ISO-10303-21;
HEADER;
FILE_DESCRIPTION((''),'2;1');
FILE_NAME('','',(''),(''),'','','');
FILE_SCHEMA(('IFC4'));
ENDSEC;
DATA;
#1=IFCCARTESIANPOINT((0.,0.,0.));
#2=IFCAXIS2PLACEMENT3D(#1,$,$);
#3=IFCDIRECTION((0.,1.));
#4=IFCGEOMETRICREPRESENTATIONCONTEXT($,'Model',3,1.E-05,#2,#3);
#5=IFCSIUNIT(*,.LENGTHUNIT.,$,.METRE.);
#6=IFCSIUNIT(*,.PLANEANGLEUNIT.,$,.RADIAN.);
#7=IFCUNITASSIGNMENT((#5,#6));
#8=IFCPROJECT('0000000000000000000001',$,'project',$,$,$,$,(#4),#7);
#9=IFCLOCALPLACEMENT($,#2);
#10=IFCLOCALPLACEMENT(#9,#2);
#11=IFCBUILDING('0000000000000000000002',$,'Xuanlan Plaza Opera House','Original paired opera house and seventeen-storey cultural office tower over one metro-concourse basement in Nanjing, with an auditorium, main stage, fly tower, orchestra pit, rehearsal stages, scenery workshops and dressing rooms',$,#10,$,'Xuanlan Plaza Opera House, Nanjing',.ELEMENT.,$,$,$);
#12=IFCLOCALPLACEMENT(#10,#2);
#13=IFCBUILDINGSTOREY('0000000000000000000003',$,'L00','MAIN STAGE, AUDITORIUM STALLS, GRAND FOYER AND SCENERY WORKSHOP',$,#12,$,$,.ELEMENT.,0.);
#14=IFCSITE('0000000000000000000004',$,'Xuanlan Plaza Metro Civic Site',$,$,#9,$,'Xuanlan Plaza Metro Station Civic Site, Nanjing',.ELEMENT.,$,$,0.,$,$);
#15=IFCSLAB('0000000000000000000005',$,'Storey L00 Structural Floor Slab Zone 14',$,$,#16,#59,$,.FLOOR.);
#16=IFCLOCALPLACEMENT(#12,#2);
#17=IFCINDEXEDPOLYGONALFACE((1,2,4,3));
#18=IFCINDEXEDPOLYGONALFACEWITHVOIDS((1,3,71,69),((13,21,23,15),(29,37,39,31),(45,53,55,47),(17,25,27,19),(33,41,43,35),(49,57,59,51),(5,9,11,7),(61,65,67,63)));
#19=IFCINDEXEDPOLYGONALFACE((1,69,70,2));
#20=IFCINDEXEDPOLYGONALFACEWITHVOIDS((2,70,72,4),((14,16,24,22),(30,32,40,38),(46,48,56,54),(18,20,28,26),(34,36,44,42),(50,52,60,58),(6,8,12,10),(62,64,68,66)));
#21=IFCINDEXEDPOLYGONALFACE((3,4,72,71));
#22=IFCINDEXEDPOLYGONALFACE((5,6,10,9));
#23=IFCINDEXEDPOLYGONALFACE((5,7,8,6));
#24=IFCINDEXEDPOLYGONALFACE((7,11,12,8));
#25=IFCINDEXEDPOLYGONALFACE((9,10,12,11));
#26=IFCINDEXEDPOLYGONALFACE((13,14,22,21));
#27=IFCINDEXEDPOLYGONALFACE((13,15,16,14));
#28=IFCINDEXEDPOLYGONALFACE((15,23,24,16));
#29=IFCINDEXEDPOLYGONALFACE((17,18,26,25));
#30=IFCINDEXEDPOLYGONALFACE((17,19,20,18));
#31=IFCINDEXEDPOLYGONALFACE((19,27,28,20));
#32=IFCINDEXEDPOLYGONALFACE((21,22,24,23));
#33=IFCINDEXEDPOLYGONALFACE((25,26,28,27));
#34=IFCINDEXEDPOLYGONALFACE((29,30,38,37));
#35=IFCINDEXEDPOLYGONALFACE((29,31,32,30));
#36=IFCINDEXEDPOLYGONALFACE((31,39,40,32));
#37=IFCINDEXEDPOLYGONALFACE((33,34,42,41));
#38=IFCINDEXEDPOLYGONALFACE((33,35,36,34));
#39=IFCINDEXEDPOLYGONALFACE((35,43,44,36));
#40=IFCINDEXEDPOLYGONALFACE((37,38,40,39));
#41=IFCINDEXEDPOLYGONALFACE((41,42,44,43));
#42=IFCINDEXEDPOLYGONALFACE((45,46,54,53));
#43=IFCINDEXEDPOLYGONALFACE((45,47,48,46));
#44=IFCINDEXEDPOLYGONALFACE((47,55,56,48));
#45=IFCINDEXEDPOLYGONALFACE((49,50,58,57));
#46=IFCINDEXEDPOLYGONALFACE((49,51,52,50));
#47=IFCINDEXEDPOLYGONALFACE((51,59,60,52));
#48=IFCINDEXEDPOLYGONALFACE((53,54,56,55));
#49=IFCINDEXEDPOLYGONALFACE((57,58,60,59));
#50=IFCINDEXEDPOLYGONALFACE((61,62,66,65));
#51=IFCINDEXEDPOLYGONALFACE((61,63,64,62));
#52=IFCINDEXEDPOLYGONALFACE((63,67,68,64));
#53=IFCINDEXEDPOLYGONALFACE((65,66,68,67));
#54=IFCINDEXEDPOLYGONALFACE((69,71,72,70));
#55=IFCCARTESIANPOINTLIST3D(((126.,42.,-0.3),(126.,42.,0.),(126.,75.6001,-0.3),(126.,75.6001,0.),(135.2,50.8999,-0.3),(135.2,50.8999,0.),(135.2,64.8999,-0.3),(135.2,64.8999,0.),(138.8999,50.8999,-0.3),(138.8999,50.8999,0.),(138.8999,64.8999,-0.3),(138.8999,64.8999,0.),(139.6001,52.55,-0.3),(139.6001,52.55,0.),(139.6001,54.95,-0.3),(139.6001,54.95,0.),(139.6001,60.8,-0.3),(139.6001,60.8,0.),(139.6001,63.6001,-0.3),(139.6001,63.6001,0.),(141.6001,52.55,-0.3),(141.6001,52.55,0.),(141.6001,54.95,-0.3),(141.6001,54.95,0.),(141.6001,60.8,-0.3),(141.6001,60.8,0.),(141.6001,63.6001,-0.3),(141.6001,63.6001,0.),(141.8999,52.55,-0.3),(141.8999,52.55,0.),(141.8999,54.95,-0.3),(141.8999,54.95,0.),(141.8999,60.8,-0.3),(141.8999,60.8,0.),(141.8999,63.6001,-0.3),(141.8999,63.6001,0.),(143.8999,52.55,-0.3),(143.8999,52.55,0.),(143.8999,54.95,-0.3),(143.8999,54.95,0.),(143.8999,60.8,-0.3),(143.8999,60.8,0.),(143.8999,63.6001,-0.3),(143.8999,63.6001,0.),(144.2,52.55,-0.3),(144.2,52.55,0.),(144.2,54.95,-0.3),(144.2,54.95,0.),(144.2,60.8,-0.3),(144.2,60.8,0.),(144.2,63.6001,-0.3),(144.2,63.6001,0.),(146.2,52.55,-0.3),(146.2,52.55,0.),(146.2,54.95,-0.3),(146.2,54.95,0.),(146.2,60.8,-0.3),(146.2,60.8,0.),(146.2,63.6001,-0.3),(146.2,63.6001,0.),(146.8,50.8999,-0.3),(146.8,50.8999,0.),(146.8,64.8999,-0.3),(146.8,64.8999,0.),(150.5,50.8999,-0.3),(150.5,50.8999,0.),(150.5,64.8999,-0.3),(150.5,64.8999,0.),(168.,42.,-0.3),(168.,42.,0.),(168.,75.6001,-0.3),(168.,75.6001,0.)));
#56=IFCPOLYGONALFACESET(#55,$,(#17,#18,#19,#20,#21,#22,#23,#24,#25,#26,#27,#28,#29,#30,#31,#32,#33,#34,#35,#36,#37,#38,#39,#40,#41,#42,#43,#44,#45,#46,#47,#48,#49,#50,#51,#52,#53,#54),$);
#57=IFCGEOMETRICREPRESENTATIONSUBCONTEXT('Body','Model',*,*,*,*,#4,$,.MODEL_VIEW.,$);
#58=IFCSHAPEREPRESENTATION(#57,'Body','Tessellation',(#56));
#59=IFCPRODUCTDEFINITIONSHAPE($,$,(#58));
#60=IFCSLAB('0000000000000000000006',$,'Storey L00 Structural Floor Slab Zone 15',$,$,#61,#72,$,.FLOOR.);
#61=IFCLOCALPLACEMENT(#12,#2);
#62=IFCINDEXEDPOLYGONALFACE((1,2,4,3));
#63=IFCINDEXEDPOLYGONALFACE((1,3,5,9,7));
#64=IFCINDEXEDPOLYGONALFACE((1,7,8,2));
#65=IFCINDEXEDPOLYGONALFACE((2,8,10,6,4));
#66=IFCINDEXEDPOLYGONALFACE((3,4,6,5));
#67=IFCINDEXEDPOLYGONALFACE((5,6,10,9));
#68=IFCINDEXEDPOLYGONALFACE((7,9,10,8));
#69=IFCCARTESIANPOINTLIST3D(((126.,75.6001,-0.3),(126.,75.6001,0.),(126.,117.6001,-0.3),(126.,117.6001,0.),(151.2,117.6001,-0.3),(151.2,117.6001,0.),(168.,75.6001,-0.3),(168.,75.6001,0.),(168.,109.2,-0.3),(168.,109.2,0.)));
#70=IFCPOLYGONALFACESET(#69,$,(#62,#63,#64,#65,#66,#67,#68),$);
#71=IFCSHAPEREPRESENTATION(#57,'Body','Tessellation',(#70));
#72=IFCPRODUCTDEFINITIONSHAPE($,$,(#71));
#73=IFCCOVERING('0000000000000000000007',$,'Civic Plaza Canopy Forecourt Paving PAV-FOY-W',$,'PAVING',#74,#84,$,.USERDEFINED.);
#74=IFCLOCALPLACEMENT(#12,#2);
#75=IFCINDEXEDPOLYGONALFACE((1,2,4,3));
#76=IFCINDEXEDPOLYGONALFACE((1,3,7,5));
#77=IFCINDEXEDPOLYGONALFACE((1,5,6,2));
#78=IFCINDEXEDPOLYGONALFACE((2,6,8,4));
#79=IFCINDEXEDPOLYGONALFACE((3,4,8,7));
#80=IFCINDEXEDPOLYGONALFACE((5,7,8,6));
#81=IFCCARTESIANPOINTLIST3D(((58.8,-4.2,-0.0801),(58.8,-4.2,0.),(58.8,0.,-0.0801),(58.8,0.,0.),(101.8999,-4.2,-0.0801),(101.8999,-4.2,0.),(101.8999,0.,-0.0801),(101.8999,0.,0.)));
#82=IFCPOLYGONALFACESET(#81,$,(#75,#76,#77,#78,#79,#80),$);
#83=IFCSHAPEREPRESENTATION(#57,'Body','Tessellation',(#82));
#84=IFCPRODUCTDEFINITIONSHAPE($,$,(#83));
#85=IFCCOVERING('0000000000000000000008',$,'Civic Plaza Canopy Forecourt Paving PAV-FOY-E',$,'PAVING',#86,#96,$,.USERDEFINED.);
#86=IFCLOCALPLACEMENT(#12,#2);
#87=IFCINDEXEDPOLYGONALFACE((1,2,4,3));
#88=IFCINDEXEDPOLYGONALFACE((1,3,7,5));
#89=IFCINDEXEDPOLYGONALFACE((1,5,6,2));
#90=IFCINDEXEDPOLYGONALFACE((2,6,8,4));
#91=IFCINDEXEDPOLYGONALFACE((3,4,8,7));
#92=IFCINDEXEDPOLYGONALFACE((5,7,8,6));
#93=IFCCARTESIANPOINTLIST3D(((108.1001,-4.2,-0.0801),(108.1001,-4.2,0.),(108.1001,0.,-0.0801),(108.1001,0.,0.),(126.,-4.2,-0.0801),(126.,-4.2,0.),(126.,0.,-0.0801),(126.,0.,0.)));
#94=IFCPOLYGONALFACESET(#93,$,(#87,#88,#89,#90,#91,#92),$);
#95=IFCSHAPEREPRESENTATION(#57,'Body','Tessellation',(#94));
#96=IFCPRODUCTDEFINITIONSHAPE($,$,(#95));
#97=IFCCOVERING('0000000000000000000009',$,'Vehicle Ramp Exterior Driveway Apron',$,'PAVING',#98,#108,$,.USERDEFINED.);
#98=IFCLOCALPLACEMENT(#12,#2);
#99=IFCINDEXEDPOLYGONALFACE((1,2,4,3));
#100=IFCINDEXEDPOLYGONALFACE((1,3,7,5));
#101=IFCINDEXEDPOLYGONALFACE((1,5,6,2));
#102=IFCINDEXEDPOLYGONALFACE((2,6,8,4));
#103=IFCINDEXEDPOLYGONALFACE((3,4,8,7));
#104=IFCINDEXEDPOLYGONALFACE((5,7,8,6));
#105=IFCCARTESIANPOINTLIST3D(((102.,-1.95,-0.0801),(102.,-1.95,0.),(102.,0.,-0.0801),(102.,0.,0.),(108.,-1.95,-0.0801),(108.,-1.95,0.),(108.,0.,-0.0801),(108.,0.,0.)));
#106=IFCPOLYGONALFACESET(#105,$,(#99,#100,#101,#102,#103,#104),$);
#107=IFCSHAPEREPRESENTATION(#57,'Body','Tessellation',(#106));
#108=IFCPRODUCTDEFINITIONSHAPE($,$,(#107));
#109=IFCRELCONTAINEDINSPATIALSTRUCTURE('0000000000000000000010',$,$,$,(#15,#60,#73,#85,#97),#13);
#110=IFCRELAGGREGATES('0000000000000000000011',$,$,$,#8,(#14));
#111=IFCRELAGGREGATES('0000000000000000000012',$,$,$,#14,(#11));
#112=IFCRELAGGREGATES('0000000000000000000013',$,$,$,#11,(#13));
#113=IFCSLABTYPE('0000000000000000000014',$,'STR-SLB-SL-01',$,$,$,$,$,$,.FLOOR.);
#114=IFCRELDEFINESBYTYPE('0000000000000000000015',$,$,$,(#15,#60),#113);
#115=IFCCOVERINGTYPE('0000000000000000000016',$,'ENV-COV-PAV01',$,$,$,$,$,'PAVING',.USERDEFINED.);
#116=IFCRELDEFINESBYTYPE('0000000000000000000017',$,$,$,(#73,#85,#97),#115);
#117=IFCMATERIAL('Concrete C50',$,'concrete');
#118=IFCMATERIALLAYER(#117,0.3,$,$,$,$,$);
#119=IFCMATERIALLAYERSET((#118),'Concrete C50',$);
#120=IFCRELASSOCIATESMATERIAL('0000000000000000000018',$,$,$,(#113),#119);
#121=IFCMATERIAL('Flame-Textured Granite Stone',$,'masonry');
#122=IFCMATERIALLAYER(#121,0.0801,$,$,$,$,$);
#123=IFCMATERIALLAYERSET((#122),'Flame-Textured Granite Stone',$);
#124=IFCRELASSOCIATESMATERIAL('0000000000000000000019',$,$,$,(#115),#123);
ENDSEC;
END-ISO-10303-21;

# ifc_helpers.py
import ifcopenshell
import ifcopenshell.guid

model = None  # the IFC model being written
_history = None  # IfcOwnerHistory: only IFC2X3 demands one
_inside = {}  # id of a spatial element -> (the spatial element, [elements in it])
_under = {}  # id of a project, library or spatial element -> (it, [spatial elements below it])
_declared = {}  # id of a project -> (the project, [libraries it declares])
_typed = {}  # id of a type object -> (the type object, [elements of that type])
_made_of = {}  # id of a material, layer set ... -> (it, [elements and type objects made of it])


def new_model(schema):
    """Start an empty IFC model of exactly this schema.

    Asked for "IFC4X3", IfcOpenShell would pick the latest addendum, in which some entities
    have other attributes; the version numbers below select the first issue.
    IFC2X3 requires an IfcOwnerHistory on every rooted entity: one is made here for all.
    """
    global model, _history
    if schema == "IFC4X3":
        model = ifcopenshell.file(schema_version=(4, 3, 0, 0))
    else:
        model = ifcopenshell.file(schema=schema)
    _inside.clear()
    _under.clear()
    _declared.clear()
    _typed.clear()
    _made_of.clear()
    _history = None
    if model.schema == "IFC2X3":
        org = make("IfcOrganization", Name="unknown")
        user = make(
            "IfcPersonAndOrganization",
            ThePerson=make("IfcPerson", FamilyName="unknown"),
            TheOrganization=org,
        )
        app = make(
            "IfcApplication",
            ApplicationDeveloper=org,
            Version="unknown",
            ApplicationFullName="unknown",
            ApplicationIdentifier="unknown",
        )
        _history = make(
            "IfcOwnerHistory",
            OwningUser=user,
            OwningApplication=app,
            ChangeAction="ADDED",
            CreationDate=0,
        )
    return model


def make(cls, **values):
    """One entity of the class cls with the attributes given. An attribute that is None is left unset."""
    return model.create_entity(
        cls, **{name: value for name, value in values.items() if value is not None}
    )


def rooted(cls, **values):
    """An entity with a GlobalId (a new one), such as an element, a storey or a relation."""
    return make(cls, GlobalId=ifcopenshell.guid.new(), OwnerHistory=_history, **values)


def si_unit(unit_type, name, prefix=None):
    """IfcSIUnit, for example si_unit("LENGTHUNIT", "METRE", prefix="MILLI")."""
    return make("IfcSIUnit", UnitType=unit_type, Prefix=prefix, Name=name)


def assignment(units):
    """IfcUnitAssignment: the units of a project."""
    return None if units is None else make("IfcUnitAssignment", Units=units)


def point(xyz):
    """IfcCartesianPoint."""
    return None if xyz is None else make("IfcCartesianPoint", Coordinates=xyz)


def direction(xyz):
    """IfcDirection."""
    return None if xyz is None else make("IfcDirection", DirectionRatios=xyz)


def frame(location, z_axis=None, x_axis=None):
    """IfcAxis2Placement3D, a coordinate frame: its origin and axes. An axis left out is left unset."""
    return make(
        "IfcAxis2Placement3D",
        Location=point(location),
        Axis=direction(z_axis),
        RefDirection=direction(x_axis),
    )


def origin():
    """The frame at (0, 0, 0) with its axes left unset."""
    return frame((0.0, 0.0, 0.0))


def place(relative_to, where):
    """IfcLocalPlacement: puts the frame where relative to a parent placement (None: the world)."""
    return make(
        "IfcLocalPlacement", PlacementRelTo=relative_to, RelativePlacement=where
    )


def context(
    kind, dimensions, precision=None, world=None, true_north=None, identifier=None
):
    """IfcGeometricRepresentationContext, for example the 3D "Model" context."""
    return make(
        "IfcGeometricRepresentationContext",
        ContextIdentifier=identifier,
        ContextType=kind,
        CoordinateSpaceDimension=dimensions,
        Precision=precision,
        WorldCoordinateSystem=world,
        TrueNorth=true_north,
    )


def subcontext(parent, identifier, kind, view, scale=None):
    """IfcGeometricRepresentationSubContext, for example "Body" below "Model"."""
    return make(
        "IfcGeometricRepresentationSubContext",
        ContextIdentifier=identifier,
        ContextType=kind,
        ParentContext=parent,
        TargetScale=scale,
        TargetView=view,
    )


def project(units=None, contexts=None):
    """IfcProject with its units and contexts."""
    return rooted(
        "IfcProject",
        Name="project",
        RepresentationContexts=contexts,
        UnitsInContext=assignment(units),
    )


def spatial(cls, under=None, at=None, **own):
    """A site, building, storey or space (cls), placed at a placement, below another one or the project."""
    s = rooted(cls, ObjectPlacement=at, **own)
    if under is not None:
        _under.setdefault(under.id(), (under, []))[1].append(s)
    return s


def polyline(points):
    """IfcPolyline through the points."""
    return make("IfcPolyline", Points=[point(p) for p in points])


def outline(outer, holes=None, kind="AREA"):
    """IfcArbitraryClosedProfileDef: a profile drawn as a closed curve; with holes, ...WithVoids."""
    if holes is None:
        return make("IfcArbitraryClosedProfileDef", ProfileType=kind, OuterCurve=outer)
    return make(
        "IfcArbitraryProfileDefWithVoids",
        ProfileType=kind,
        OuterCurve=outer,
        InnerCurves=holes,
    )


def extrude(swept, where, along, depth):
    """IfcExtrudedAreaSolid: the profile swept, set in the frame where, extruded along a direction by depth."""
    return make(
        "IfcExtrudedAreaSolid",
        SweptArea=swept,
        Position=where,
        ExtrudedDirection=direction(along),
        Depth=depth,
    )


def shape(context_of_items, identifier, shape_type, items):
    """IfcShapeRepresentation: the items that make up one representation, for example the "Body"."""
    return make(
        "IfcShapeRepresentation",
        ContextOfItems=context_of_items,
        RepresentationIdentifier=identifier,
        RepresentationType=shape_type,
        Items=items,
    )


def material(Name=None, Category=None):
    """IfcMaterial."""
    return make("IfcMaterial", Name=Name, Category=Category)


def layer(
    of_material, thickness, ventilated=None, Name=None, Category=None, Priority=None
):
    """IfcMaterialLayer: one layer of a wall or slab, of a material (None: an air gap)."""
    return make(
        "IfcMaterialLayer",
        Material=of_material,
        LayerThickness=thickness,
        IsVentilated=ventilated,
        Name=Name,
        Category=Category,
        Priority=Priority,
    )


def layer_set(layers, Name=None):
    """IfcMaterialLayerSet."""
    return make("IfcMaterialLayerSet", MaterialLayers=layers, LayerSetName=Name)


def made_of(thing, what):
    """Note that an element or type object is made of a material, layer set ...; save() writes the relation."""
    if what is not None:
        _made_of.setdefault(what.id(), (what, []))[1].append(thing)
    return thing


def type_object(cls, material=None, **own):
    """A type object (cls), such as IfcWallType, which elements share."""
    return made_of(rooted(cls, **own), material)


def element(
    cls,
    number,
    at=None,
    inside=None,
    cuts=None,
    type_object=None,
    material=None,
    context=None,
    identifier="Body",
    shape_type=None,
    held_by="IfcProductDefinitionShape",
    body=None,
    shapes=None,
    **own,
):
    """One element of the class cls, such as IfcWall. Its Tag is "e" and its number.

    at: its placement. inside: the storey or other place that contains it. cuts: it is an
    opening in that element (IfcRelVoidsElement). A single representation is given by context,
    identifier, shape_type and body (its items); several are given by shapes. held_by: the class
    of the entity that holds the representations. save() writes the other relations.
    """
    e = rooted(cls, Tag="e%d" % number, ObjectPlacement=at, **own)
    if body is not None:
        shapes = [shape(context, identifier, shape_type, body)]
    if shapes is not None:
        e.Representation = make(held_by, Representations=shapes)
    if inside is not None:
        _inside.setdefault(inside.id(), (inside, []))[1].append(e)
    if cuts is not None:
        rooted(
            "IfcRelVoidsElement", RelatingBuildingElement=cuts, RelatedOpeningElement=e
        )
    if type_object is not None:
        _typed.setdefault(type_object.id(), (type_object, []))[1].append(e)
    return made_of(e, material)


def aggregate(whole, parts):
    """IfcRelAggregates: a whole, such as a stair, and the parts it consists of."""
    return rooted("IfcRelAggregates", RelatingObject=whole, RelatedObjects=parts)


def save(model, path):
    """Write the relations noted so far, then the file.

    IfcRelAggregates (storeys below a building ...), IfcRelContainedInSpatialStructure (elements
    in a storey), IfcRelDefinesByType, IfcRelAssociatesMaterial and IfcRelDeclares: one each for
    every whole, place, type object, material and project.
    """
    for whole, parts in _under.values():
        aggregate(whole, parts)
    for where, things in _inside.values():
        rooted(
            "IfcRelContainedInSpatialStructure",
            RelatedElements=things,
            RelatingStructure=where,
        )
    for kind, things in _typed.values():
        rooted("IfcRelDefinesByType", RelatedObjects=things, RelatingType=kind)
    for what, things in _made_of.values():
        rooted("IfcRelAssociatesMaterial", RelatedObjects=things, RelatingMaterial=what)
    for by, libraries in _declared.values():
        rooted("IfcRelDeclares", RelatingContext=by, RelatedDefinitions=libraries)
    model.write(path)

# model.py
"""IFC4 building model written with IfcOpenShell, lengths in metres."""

from ifc_helpers import new_model, si_unit, direction, frame, origin, place, context, subcontext, project, spatial, polyline, outline, extrude, material, layer, layer_set, type_object, element, save


model = new_model("IFC4")

# Units and contexts
model_context = context("Model", 3, precision=1e-05, world=origin(), true_north=direction((0.0, 1.0)))
body_context = subcontext(model_context, "Body", "Model", "MODEL_VIEW")
ifc_project = project(units=[si_unit("LENGTHUNIT", "METRE"), si_unit("PLANEANGLEUNIT", "RADIAN")], contexts=[model_context])

# Site, building, storey
site_placement = place(None, origin())
site = spatial("IfcSite", under=ifc_project, at=site_placement, Name="Xuanlan Plaza Metro Civic Site", LongName="Xuanlan Plaza Metro Station Civic Site, Nanjing", CompositionType="ELEMENT", RefElevation=0.0)
building_placement = place(site_placement, origin())
building = spatial("IfcBuilding", under=site, at=building_placement, Name="Xuanlan Plaza Opera House", Description="Original paired opera house and seventeen-storey cultural office tower over one metro-concourse basement in Nanjing, with an auditorium, main stage, fly tower, orchestra pit, rehearsal stages, scenery workshops and dressing rooms", LongName="Xuanlan Plaza Opera House, Nanjing", CompositionType="ELEMENT")
storey_placement = place(building_placement, origin())
storey = spatial("IfcBuildingStorey", under=building, at=storey_placement, Name="L00", Description="MAIN STAGE, AUDITORIUM STALLS, GRAND FOYER AND SCENERY WORKSHOP", CompositionType="ELEMENT", Elevation=0.0)

# Slabs
ifc_material_1 = material(Name="Concrete C50", Category="concrete")
ifc_layer_1 = layer(ifc_material_1, 0.3)
ifc_layer_set_1 = layer_set([ifc_layer_1], Name="Concrete C50")
slab_type_1 = type_object("IfcSlabType", Name="STR-SLB-SL-01", PredefinedType="FLOOR", material=ifc_layer_set_1)
slab_1_placement = place(storey_placement, frame((0.0, 0.0, -0.3)))
element("IfcSlab", 1, at=slab_1_placement, inside=storey, type_object=slab_type_1, Name="Storey L00 Structural Floor Slab Zone 14", PredefinedType="FLOOR", context=body_context, shape_type="SweptSolid", body=[
    extrude(outline(polyline([(168.0, 42.0), (126.0, 42.0), (126.0, 75.6001), (168.0, 75.6001), (168.0, 42.0)]), holes=[polyline([(138.8999, 50.8999), (138.8999, 64.8999), (135.2, 64.8999), (135.2, 50.8999), (138.8999, 50.8999)]), polyline([(146.8, 50.8999), (150.5, 50.8999), (150.5, 64.8999), (146.8, 64.8999), (146.8, 50.8999)]), polyline([(139.6001, 60.8), (141.6001, 60.8), (141.6001, 63.6001), (139.6001, 63.6001), (139.6001, 60.8)]), polyline([(141.8999, 63.6001), (141.8999, 60.8), (143.8999, 60.8), (143.8999, 63.6001), (141.8999, 63.6001)]), polyline([(146.2, 63.6001), (144.2, 63.6001), (144.2, 60.8), (146.2, 60.8), (146.2, 63.6001)]), polyline([(141.6001, 52.55), (141.6001, 54.95), (139.6001, 54.95), (139.6001, 52.55), (141.6001, 52.55)]), polyline([(141.8999, 52.55), (143.8999, 52.55), (143.8999, 54.95), (141.8999, 54.95), (141.8999, 52.55)]), polyline([(144.2, 54.95), (144.2, 52.55), (146.2, 52.55), (146.2, 54.95), (144.2, 54.95)])]), origin(), (0.0, 0.0, 1.0), 0.3),
])
slab_2_placement = place(storey_placement, frame((0.0, 0.0, -0.3)))
element("IfcSlab", 2, at=slab_2_placement, inside=storey, type_object=slab_type_1, Name="Storey L00 Structural Floor Slab Zone 15", PredefinedType="FLOOR", context=body_context, shape_type="SweptSolid", body=[
    extrude(outline(polyline([(168.0, 109.2), (168.0, 75.6001), (126.0, 75.6001), (126.0, 117.6001), (151.2, 117.6001), (168.0, 109.2)])), origin(), (0.0, 0.0, 1.0), 0.3),
])

# Coverings
ifc_material_2 = material(Name="Flame-Textured Granite Stone", Category="masonry")
ifc_layer_2 = layer(ifc_material_2, 0.0801)
ifc_layer_set_2 = layer_set([ifc_layer_2], Name="Flame-Textured Granite Stone")
covering_type = type_object("IfcCoveringType", Name="ENV-COV-PAV01", ElementType="PAVING", PredefinedType="USERDEFINED", material=ifc_layer_set_2)
covering_1_placement = place(storey_placement, frame((0.0, 0.0, -0.0801)))
element("IfcCovering", 3, at=covering_1_placement, inside=storey, type_object=covering_type, Name="Civic Plaza Canopy Forecourt Paving PAV-FOY-W", ObjectType="PAVING", PredefinedType="USERDEFINED", context=body_context, shape_type="SweptSolid", body=[
    extrude(outline(polyline([(58.8, -4.2), (101.8999, -4.2), (101.8999, 0.0), (58.8, 0.0), (58.8, -4.2)])), origin(), (0.0, 0.0, 1.0), 0.0801),
])
covering_2_placement = place(storey_placement, frame((0.0, 0.0, -0.0801)))
element("IfcCovering", 4, at=covering_2_placement, inside=storey, type_object=covering_type, Name="Civic Plaza Canopy Forecourt Paving PAV-FOY-E", ObjectType="PAVING", PredefinedType="USERDEFINED", context=body_context, shape_type="SweptSolid", body=[
    extrude(outline(polyline([(108.1001, -4.2), (126.0, -4.2), (126.0, 0.0), (108.1001, 0.0), (108.1001, -4.2)])), origin(), (0.0, 0.0, 1.0), 0.0801),
])
covering_3_placement = place(storey_placement, frame((0.0, 0.0, -0.0801)))
element("IfcCovering", 5, at=covering_3_placement, inside=storey, type_object=covering_type, Name="Vehicle Ramp Exterior Driveway Apron", ObjectType="PAVING", PredefinedType="USERDEFINED", context=body_context, shape_type="SweptSolid", body=[
    extrude(outline(polyline([(102.0, -1.95), (108.0, -1.95), (108.0, 0.0), (102.0, 0.0), (102.0, -1.95)])), origin(), (0.0, 0.0, 1.0), 0.0801),
])

save(model, "model.ifc")
